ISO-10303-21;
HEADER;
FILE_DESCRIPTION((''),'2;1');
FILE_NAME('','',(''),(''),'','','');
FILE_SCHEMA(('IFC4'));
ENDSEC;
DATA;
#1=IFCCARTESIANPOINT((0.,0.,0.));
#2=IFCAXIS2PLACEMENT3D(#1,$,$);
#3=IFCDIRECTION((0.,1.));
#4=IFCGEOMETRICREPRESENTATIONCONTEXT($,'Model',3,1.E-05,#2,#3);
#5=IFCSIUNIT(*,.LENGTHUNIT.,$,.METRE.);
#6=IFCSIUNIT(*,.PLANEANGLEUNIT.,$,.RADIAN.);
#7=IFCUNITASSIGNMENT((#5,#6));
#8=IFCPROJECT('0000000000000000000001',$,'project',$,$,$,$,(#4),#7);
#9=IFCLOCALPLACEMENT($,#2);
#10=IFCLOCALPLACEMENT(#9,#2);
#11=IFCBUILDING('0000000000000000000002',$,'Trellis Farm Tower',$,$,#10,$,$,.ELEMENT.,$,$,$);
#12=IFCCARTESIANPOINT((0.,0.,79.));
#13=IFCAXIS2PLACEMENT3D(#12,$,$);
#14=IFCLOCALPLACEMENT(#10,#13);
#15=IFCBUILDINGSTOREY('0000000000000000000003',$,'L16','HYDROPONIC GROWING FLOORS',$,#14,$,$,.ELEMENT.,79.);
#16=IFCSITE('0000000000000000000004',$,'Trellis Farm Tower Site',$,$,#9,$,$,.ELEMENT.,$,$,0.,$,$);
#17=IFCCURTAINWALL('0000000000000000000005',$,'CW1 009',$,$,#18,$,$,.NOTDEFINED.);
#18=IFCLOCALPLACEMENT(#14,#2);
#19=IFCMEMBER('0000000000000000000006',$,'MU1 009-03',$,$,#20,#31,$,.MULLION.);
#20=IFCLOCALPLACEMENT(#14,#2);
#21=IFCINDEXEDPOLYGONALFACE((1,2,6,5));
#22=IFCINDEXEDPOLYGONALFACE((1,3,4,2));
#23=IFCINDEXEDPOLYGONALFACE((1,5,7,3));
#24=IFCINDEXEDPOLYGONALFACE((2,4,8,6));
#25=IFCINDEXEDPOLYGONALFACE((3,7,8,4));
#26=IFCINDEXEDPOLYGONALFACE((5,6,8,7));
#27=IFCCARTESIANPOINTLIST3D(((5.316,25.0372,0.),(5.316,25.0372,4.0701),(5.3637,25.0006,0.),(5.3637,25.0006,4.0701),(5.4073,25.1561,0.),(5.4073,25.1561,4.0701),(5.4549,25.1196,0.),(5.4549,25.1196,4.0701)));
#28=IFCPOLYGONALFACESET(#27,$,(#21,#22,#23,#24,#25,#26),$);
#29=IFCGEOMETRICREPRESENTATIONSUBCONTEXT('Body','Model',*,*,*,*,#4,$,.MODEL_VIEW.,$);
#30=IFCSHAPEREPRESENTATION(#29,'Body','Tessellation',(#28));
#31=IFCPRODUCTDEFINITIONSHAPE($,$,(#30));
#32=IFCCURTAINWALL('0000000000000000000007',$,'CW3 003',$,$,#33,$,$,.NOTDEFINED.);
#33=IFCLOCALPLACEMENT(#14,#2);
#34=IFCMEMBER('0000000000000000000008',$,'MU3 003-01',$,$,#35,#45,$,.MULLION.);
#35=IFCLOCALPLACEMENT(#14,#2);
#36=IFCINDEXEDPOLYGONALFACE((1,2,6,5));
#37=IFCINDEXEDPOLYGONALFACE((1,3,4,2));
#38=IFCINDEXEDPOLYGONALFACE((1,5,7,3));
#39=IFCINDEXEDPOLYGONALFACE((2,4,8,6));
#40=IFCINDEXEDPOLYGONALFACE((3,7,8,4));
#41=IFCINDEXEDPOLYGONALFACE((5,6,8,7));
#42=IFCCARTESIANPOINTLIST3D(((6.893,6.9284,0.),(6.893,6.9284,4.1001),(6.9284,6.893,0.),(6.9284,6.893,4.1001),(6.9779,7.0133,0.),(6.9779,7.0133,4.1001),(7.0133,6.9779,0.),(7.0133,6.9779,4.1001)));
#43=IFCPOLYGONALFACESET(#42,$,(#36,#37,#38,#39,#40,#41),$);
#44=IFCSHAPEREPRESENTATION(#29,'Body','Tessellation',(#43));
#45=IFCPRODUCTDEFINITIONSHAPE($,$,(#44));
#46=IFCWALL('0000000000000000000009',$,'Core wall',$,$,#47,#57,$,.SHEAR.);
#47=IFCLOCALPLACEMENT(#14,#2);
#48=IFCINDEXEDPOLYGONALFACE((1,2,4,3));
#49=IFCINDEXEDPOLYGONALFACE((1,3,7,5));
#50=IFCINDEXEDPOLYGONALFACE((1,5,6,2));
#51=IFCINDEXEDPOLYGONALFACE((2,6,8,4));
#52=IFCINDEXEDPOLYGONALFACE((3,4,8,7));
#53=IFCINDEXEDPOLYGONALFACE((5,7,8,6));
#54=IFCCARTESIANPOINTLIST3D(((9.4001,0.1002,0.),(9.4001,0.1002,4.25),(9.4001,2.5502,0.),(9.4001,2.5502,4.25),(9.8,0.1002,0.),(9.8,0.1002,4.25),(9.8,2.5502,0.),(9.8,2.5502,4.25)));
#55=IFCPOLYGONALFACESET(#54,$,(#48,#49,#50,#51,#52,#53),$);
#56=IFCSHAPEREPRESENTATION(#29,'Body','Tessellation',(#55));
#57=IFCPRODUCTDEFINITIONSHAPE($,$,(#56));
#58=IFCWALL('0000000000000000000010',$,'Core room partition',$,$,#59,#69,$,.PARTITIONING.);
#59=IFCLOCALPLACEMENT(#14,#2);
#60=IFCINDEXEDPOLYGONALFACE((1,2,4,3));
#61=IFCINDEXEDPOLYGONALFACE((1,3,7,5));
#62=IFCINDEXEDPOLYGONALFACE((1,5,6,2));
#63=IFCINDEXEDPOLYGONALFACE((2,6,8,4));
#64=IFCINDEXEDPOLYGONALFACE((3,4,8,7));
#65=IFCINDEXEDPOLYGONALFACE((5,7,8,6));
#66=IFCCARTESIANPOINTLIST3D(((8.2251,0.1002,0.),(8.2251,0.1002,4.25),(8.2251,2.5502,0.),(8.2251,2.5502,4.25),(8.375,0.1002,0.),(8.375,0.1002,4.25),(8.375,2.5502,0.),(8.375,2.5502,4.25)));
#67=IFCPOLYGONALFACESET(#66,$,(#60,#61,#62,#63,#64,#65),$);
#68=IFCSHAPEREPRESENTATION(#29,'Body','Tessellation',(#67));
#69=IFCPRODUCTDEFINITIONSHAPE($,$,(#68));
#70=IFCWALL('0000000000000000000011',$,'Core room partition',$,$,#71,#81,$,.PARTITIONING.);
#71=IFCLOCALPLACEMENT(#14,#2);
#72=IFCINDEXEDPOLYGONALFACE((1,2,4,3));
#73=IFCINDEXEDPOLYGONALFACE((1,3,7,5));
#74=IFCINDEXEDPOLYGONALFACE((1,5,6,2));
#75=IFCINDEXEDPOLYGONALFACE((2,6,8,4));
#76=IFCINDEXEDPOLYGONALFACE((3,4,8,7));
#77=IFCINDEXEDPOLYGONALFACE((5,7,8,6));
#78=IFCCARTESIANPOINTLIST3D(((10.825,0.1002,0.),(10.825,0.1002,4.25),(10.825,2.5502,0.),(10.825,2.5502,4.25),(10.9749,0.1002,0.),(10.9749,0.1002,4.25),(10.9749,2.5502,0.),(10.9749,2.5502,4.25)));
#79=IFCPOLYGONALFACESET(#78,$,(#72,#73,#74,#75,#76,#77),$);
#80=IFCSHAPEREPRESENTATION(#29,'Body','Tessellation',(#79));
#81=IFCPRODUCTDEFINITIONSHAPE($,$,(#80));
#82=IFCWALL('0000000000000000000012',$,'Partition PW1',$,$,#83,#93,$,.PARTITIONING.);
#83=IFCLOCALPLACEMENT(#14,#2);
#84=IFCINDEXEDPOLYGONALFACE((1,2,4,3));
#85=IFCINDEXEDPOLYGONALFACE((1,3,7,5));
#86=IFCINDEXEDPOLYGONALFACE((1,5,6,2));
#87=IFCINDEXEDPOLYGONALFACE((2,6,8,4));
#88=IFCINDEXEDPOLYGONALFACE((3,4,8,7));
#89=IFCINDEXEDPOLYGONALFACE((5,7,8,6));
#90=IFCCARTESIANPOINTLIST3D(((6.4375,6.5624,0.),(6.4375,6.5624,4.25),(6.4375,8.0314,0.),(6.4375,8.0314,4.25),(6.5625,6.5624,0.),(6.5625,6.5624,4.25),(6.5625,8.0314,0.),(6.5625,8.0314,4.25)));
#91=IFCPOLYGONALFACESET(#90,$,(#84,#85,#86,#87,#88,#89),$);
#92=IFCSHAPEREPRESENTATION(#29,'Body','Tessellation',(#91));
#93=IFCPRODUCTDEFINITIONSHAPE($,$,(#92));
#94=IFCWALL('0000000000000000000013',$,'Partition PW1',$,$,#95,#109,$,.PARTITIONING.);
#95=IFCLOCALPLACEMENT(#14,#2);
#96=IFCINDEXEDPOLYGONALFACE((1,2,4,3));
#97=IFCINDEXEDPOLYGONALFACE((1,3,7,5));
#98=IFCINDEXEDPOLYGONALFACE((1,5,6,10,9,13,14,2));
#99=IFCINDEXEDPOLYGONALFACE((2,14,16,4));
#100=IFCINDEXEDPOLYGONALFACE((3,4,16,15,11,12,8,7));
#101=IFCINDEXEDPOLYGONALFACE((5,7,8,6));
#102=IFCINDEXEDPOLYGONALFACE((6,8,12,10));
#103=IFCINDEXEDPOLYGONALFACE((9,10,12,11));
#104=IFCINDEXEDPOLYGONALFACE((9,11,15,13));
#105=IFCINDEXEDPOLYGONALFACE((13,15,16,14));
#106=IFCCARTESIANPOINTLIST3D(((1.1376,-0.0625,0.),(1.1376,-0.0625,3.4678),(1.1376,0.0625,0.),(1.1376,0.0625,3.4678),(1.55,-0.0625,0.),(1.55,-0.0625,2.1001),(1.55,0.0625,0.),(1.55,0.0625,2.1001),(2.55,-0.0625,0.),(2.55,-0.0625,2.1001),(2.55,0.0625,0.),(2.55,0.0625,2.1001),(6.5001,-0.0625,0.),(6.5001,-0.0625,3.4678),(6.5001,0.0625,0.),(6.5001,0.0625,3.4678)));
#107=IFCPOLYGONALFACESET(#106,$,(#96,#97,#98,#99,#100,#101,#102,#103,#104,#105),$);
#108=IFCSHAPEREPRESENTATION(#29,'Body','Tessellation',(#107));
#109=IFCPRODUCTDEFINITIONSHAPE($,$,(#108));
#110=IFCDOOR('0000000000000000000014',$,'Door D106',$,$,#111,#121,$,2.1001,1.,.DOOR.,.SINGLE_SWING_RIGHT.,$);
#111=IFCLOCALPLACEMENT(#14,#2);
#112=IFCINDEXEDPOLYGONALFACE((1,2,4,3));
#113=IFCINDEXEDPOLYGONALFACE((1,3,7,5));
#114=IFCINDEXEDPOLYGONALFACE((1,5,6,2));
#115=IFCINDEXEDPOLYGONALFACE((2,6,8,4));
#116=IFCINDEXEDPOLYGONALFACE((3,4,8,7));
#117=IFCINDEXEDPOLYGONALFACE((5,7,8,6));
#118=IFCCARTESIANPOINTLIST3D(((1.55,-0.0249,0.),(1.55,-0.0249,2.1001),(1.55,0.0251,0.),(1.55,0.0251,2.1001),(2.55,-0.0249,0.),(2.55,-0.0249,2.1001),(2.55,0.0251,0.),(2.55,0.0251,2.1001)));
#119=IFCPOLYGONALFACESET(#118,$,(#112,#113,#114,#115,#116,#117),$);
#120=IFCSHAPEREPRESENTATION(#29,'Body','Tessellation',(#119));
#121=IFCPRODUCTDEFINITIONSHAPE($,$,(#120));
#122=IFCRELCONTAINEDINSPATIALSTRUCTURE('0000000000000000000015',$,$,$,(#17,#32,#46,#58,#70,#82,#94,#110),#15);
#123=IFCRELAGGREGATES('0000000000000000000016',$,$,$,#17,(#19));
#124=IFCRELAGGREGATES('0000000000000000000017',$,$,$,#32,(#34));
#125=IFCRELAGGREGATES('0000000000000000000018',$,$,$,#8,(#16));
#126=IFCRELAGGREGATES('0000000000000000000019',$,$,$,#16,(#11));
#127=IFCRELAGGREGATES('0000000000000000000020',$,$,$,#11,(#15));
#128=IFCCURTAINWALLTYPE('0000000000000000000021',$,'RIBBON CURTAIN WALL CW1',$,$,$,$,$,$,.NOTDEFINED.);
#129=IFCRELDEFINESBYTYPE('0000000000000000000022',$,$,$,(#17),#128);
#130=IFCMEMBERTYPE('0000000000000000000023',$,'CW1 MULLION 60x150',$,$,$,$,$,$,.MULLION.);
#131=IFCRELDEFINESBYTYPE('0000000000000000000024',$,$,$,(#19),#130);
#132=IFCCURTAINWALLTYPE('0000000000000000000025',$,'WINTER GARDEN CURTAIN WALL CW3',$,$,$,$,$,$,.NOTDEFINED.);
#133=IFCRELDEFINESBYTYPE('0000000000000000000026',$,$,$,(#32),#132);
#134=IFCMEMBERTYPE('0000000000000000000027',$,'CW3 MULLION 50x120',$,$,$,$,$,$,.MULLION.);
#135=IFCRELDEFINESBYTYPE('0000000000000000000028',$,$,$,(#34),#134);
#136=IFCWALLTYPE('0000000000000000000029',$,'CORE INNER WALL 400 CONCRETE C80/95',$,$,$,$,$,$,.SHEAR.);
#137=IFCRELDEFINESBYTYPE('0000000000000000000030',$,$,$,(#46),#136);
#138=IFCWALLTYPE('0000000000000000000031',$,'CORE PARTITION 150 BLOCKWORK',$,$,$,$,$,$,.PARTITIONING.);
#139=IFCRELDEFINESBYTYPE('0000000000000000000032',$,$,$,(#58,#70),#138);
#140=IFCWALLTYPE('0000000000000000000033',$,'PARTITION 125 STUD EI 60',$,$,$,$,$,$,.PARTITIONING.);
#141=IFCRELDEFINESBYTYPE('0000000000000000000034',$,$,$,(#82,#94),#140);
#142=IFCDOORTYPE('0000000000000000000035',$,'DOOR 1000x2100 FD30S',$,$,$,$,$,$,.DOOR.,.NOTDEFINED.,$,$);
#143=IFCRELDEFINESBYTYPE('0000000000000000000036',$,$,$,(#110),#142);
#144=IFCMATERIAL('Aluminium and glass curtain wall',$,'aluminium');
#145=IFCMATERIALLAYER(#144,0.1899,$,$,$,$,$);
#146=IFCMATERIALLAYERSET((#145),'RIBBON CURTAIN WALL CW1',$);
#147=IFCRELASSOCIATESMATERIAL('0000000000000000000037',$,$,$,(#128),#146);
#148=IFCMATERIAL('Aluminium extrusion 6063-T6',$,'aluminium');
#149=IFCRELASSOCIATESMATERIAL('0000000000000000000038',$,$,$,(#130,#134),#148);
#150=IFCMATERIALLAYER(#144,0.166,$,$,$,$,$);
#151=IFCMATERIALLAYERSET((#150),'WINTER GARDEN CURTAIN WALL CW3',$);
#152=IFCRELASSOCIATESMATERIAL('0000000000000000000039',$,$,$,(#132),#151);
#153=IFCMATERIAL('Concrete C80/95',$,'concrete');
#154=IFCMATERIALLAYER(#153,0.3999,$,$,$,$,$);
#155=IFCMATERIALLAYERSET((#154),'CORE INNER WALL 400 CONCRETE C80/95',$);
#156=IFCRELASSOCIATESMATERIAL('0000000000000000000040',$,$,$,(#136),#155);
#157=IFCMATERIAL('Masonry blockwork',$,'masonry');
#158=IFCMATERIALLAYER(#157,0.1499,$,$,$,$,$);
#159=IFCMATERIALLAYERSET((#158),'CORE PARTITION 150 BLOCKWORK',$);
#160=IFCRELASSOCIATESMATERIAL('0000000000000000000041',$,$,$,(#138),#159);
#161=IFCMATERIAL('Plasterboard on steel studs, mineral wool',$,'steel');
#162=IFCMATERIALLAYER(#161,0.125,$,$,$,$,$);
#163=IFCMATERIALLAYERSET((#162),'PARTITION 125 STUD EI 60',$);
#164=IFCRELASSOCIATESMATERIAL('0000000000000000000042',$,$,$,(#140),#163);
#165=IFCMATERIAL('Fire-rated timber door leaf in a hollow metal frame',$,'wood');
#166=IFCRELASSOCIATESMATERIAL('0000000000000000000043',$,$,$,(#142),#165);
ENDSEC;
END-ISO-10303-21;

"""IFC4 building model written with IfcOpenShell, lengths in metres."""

from ifc_helpers import new_model, si_unit, direction, frame, frame_2d, origin, origin_2d, place, context, subcontext, project, spatial, rectangle, extrude, source, transform, mapped, material, layer, layer_set, material_profile, profile_set, type_object, element, fill, aggregate, save


model = new_model("IFC4")

# Units and contexts
model_context = context("Model", 3, precision=1e-05, world=origin(), true_north=direction((0.0, 1.0)))
body_context = subcontext(model_context, "Body", "Model", "MODEL_VIEW")
ifc_project = project(units=[si_unit("LENGTHUNIT", "METRE"), si_unit("PLANEANGLEUNIT", "RADIAN")], contexts=[model_context])

# Site, building, storey
site_placement = place(None, origin())
site = spatial("IfcSite", under=ifc_project, at=site_placement, Name="Trellis Farm Tower Site", CompositionType="ELEMENT", RefElevation=0.0)
building_placement = place(site_placement, origin())
building = spatial("IfcBuilding", under=site, at=building_placement, Name="Trellis Farm Tower", CompositionType="ELEMENT")
storey_placement = place(building_placement, frame((0.0, 0.0, 79.0)))
storey = spatial("IfcBuildingStorey", under=building, at=storey_placement, Name="L16", Description="HYDROPONIC GROWING FLOORS", CompositionType="ELEMENT", Elevation=79.0)

# Shared definitions
ifc_material_1 = material(Name="Concrete C80/95", Category="concrete")

# Shared definitions
ifc_material_2 = material(Name="Aluminium and glass curtain wall", Category="aluminium")
ifc_layer_1 = layer(ifc_material_2, 0.1899)
ifc_layer_set_1 = layer_set([ifc_layer_1], Name="RIBBON CURTAIN WALL CW1")
curtain_wall_type_1 = type_object("IfcCurtainWallType", Name="RIBBON CURTAIN WALL CW1", PredefinedType="NOTDEFINED", material=ifc_layer_set_1)
placement = place(storey_placement, origin())
ifc_material_3 = material(Name="Aluminium extrusion 6063-T6", Category="aluminium")
ifc_material_profile_1 = material_profile(ifc_material_3, rectangle(XDim=0.0601, YDim=0.1499, at=origin_2d()), Name="MULLION 60x150")
ifc_profile_set_1 = profile_set([ifc_material_profile_1], Name="Aluminium extrusion 6063-T6")
member_type_1 = type_object("IfcMemberType", Name="CW1 MULLION 60x150", PredefinedType="MULLION", material=ifc_profile_set_1)
shared_shape_1 = source(origin(), body_context, "Body", "SweptSolid", [
    extrude(rectangle(XDim=0.0601, YDim=0.1499, at=origin_2d()), origin(), (0.0, 0.0, 1.0), 4.0701),
])

# Curtain wall, member
curtain_wall_1 = element("IfcCurtainWall", 1, at=placement, inside=storey, type_object=curtain_wall_type_1, Name="CW1 009", PredefinedType="NOTDEFINED")
member_1_placement = place(storey_placement, frame((5.3855, 25.0784, 0.0), z_axis=(0.0, 0.0, 1.0), x_axis=(-0.793353, 0.608761, 0.0)))
member_1 = element("IfcMember", 2, at=member_1_placement, type_object=member_type_1, Name="MU1 009-03", PredefinedType="MULLION", context=body_context, shape_type="MappedRepresentation", body=[
    mapped(shared_shape_1, transform((0.0, 0.0, 0.0))),
])
aggregate(curtain_wall_1, [member_1])

# Curtain wall, member
ifc_layer_2 = layer(ifc_material_2, 0.166)
ifc_layer_set_2 = layer_set([ifc_layer_2], Name="WINTER GARDEN CURTAIN WALL CW3")
curtain_wall_type_2 = type_object("IfcCurtainWallType", Name="WINTER GARDEN CURTAIN WALL CW3", PredefinedType="NOTDEFINED", material=ifc_layer_set_2)
curtain_wall_2 = element("IfcCurtainWall", 3, at=placement, inside=storey, type_object=curtain_wall_type_2, Name="CW3 003", PredefinedType="NOTDEFINED")
ifc_material_profile_2 = material_profile(ifc_material_3, rectangle(XDim=0.05, YDim=0.1201, at=origin_2d()), Name="MULLION 50x120")
ifc_profile_set_2 = profile_set([ifc_material_profile_2], Name="Aluminium extrusion 6063-T6")
member_type_2 = type_object("IfcMemberType", Name="CW3 MULLION 50x120", PredefinedType="MULLION", material=ifc_profile_set_2)
shared_shape_2 = source(origin(), body_context, "Body", "SweptSolid", [
    extrude(rectangle(XDim=0.05, YDim=0.1201, at=origin_2d()), origin(), (0.0, 0.0, 1.0), 4.1001),
])
member_2_placement = place(storey_placement, frame((6.9531, 6.9531, 0.0), z_axis=(0.0, 0.0, 1.0), x_axis=(-0.707107, 0.707107, 0.0)))
member_2 = element("IfcMember", 4, at=member_2_placement, type_object=member_type_2, Name="MU3 003-01", PredefinedType="MULLION", context=body_context, shape_type="MappedRepresentation", body=[
    mapped(shared_shape_2, transform((0.0, 0.0, 0.0))),
])
aggregate(curtain_wall_2, [member_2])

# Wall
ifc_layer_3 = layer(ifc_material_1, 0.3999)
ifc_layer_set_3 = layer_set([ifc_layer_3], Name="CORE INNER WALL 400 CONCRETE C80/95")
wall_type_1 = type_object("IfcWallType", Name="CORE INNER WALL 400 CONCRETE C80/95", PredefinedType="SHEAR", material=ifc_layer_set_3)
shared_shape_3 = source(origin(), body_context, "Body", "SweptSolid", [
    extrude(rectangle(XDim=2.45, YDim=0.3999, at=frame_2d((1.2251, 0.0))), origin(), (0.0, 0.0, 1.0), 4.25),
])
wall_1_placement = place(storey_placement, frame((9.6001, 0.1001, 0.0), z_axis=(0.0, 0.0, 1.0), x_axis=(0.0, 1.0, 0.0)))
element("IfcWall", 5, at=wall_1_placement, inside=storey, type_object=wall_type_1, Name="Core wall", PredefinedType="SHEAR", context=body_context, shape_type="MappedRepresentation", body=[
    mapped(shared_shape_3, transform((0.0, 0.0, 0.0))),
])

# Walls
ifc_material_4 = material(Name="Masonry blockwork", Category="masonry")
ifc_layer_4 = layer(ifc_material_4, 0.1499)
ifc_layer_set_4 = layer_set([ifc_layer_4], Name="CORE PARTITION 150 BLOCKWORK")
wall_type_2 = type_object("IfcWallType", Name="CORE PARTITION 150 BLOCKWORK", PredefinedType="PARTITIONING", material=ifc_layer_set_4)
shared_shape_4 = source(origin(), body_context, "Body", "SweptSolid", [
    extrude(rectangle(XDim=2.45, YDim=0.1499, at=frame_2d((1.2251, 0.0))), origin(), (0.0, 0.0, 1.0), 4.25),
])
for number, where, z_axis, x_axis, name in (
    (6, (8.3, 0.1001, 0.0), (0.0, 0.0, 1.0), (0.0, 1.0, 0.0), "Core room partition"),
    (7, (10.8999, 0.1001, 0.0), (0.0, 0.0, 1.0), (0.0, 1.0, 0.0), "Core room partition"),
):
    element("IfcWall", number, at=place(storey_placement, frame(where, z_axis=z_axis, x_axis=x_axis)), inside=storey, type_object=wall_type_2, Name=name, PredefinedType="PARTITIONING", context=body_context, shape_type="MappedRepresentation", body=[
        mapped(shared_shape_4, transform((0.0, 0.0, 0.0))),
    ])
ifc_material_5 = material(Name="Plasterboard on steel studs, mineral wool", Category="steel")
ifc_layer_5 = layer(ifc_material_5, 0.125)
ifc_layer_set_5 = layer_set([ifc_layer_5], Name="PARTITION 125 STUD EI 60")
wall_type_3 = type_object("IfcWallType", Name="PARTITION 125 STUD EI 60", PredefinedType="PARTITIONING", material=ifc_layer_set_5)
shared_shape_5 = source(origin(), body_context, "Body", "SweptSolid", [
    extrude(rectangle(XDim=1.469, YDim=0.125, at=frame_2d((0.7344, 0.0))), origin(), (0.0, 0.0, 1.0), 4.25),
])
wall_2_placement = place(storey_placement, frame((6.5, 6.5625, 0.0), z_axis=(0.0, 0.0, 1.0), x_axis=(0.0, 1.0, 0.0)))
element("IfcWall", 8, at=wall_2_placement, inside=storey, type_object=wall_type_3, Name="Partition PW1", PredefinedType="PARTITIONING", context=body_context, shape_type="MappedRepresentation", body=[
    mapped(shared_shape_5, transform((0.0, 0.0, 0.0))),
])

# Wall, opening, door
shared_shape_6 = source(origin(), body_context, "Body", "SweptSolid", [
    extrude(rectangle(XDim=5.3625, YDim=0.125, at=frame_2d((2.6812, 0.0))), origin(), (0.0, 0.0, 1.0), 3.4678),
])
wall_3_placement = place(storey_placement, frame((6.5, 0.0, 0.0), z_axis=(0.0, 0.0, 1.0), x_axis=(-1.0, 0.0, 0.0)))
wall_3 = element("IfcWall", 9, at=wall_3_placement, inside=storey, type_object=wall_type_3, Name="Partition PW1", PredefinedType="PARTITIONING", context=body_context, shape_type="MappedRepresentation", body=[
    mapped(shared_shape_6, transform((0.0, 0.0, 0.0))),
])
shared_shape_7 = source(origin(), body_context, "Body", "SweptSolid", [
    extrude(rectangle(XDim=1.0, YDim=2.1001, at=frame_2d((0.5, 1.05))), frame((0.0, 0.0725, 0.0), z_axis=(0.0, -1.0, 0.0), x_axis=(1.0, 0.0, 0.0)), (0.0, 0.0, 1.0), 0.145),
])
opening_1_placement = place(wall_3_placement, frame((3.95, 0.0, 0.0)))
opening_1 = element("IfcOpeningElement", 10, at=opening_1_placement, cuts=wall_3, PredefinedType="OPENING", context=body_context, shape_type="MappedRepresentation", body=[
    mapped(shared_shape_7, transform((0.0, 0.0, 0.0))),
])
ifc_material_6 = material(Name="Fire-rated timber door leaf in a hollow metal frame", Category="wood")
door_type_1 = type_object("IfcDoorType", Name="DOOR 1000x2100 FD30S", OperationType="NOTDEFINED", PredefinedType="DOOR", material=ifc_material_6)
shared_shape_8 = source(origin(), body_context, "Body", "SweptSolid", [
    extrude(rectangle(XDim=1.0, YDim=2.1001, at=frame_2d((0.5, 1.05))), frame((0.0, 0.0249, 0.0), z_axis=(0.0, -1.0, 0.0), x_axis=(1.0, 0.0, 0.0)), (0.0, 0.0, 1.0), 0.05),
])
door_1_placement = place(opening_1_placement, origin())
door_1 = element("IfcDoor", 11, at=door_1_placement, inside=storey, type_object=door_type_1, Name="Door D106", OperationType="SINGLE_SWING_RIGHT", OverallHeight=2.1001, OverallWidth=1.0, PredefinedType="DOOR", context=body_context, shape_type="MappedRepresentation", body=[
    mapped(shared_shape_8, transform((0.0, 0.0, 0.0))),
])
fill(opening_1, door_1)

save(model, "model.ifc")
